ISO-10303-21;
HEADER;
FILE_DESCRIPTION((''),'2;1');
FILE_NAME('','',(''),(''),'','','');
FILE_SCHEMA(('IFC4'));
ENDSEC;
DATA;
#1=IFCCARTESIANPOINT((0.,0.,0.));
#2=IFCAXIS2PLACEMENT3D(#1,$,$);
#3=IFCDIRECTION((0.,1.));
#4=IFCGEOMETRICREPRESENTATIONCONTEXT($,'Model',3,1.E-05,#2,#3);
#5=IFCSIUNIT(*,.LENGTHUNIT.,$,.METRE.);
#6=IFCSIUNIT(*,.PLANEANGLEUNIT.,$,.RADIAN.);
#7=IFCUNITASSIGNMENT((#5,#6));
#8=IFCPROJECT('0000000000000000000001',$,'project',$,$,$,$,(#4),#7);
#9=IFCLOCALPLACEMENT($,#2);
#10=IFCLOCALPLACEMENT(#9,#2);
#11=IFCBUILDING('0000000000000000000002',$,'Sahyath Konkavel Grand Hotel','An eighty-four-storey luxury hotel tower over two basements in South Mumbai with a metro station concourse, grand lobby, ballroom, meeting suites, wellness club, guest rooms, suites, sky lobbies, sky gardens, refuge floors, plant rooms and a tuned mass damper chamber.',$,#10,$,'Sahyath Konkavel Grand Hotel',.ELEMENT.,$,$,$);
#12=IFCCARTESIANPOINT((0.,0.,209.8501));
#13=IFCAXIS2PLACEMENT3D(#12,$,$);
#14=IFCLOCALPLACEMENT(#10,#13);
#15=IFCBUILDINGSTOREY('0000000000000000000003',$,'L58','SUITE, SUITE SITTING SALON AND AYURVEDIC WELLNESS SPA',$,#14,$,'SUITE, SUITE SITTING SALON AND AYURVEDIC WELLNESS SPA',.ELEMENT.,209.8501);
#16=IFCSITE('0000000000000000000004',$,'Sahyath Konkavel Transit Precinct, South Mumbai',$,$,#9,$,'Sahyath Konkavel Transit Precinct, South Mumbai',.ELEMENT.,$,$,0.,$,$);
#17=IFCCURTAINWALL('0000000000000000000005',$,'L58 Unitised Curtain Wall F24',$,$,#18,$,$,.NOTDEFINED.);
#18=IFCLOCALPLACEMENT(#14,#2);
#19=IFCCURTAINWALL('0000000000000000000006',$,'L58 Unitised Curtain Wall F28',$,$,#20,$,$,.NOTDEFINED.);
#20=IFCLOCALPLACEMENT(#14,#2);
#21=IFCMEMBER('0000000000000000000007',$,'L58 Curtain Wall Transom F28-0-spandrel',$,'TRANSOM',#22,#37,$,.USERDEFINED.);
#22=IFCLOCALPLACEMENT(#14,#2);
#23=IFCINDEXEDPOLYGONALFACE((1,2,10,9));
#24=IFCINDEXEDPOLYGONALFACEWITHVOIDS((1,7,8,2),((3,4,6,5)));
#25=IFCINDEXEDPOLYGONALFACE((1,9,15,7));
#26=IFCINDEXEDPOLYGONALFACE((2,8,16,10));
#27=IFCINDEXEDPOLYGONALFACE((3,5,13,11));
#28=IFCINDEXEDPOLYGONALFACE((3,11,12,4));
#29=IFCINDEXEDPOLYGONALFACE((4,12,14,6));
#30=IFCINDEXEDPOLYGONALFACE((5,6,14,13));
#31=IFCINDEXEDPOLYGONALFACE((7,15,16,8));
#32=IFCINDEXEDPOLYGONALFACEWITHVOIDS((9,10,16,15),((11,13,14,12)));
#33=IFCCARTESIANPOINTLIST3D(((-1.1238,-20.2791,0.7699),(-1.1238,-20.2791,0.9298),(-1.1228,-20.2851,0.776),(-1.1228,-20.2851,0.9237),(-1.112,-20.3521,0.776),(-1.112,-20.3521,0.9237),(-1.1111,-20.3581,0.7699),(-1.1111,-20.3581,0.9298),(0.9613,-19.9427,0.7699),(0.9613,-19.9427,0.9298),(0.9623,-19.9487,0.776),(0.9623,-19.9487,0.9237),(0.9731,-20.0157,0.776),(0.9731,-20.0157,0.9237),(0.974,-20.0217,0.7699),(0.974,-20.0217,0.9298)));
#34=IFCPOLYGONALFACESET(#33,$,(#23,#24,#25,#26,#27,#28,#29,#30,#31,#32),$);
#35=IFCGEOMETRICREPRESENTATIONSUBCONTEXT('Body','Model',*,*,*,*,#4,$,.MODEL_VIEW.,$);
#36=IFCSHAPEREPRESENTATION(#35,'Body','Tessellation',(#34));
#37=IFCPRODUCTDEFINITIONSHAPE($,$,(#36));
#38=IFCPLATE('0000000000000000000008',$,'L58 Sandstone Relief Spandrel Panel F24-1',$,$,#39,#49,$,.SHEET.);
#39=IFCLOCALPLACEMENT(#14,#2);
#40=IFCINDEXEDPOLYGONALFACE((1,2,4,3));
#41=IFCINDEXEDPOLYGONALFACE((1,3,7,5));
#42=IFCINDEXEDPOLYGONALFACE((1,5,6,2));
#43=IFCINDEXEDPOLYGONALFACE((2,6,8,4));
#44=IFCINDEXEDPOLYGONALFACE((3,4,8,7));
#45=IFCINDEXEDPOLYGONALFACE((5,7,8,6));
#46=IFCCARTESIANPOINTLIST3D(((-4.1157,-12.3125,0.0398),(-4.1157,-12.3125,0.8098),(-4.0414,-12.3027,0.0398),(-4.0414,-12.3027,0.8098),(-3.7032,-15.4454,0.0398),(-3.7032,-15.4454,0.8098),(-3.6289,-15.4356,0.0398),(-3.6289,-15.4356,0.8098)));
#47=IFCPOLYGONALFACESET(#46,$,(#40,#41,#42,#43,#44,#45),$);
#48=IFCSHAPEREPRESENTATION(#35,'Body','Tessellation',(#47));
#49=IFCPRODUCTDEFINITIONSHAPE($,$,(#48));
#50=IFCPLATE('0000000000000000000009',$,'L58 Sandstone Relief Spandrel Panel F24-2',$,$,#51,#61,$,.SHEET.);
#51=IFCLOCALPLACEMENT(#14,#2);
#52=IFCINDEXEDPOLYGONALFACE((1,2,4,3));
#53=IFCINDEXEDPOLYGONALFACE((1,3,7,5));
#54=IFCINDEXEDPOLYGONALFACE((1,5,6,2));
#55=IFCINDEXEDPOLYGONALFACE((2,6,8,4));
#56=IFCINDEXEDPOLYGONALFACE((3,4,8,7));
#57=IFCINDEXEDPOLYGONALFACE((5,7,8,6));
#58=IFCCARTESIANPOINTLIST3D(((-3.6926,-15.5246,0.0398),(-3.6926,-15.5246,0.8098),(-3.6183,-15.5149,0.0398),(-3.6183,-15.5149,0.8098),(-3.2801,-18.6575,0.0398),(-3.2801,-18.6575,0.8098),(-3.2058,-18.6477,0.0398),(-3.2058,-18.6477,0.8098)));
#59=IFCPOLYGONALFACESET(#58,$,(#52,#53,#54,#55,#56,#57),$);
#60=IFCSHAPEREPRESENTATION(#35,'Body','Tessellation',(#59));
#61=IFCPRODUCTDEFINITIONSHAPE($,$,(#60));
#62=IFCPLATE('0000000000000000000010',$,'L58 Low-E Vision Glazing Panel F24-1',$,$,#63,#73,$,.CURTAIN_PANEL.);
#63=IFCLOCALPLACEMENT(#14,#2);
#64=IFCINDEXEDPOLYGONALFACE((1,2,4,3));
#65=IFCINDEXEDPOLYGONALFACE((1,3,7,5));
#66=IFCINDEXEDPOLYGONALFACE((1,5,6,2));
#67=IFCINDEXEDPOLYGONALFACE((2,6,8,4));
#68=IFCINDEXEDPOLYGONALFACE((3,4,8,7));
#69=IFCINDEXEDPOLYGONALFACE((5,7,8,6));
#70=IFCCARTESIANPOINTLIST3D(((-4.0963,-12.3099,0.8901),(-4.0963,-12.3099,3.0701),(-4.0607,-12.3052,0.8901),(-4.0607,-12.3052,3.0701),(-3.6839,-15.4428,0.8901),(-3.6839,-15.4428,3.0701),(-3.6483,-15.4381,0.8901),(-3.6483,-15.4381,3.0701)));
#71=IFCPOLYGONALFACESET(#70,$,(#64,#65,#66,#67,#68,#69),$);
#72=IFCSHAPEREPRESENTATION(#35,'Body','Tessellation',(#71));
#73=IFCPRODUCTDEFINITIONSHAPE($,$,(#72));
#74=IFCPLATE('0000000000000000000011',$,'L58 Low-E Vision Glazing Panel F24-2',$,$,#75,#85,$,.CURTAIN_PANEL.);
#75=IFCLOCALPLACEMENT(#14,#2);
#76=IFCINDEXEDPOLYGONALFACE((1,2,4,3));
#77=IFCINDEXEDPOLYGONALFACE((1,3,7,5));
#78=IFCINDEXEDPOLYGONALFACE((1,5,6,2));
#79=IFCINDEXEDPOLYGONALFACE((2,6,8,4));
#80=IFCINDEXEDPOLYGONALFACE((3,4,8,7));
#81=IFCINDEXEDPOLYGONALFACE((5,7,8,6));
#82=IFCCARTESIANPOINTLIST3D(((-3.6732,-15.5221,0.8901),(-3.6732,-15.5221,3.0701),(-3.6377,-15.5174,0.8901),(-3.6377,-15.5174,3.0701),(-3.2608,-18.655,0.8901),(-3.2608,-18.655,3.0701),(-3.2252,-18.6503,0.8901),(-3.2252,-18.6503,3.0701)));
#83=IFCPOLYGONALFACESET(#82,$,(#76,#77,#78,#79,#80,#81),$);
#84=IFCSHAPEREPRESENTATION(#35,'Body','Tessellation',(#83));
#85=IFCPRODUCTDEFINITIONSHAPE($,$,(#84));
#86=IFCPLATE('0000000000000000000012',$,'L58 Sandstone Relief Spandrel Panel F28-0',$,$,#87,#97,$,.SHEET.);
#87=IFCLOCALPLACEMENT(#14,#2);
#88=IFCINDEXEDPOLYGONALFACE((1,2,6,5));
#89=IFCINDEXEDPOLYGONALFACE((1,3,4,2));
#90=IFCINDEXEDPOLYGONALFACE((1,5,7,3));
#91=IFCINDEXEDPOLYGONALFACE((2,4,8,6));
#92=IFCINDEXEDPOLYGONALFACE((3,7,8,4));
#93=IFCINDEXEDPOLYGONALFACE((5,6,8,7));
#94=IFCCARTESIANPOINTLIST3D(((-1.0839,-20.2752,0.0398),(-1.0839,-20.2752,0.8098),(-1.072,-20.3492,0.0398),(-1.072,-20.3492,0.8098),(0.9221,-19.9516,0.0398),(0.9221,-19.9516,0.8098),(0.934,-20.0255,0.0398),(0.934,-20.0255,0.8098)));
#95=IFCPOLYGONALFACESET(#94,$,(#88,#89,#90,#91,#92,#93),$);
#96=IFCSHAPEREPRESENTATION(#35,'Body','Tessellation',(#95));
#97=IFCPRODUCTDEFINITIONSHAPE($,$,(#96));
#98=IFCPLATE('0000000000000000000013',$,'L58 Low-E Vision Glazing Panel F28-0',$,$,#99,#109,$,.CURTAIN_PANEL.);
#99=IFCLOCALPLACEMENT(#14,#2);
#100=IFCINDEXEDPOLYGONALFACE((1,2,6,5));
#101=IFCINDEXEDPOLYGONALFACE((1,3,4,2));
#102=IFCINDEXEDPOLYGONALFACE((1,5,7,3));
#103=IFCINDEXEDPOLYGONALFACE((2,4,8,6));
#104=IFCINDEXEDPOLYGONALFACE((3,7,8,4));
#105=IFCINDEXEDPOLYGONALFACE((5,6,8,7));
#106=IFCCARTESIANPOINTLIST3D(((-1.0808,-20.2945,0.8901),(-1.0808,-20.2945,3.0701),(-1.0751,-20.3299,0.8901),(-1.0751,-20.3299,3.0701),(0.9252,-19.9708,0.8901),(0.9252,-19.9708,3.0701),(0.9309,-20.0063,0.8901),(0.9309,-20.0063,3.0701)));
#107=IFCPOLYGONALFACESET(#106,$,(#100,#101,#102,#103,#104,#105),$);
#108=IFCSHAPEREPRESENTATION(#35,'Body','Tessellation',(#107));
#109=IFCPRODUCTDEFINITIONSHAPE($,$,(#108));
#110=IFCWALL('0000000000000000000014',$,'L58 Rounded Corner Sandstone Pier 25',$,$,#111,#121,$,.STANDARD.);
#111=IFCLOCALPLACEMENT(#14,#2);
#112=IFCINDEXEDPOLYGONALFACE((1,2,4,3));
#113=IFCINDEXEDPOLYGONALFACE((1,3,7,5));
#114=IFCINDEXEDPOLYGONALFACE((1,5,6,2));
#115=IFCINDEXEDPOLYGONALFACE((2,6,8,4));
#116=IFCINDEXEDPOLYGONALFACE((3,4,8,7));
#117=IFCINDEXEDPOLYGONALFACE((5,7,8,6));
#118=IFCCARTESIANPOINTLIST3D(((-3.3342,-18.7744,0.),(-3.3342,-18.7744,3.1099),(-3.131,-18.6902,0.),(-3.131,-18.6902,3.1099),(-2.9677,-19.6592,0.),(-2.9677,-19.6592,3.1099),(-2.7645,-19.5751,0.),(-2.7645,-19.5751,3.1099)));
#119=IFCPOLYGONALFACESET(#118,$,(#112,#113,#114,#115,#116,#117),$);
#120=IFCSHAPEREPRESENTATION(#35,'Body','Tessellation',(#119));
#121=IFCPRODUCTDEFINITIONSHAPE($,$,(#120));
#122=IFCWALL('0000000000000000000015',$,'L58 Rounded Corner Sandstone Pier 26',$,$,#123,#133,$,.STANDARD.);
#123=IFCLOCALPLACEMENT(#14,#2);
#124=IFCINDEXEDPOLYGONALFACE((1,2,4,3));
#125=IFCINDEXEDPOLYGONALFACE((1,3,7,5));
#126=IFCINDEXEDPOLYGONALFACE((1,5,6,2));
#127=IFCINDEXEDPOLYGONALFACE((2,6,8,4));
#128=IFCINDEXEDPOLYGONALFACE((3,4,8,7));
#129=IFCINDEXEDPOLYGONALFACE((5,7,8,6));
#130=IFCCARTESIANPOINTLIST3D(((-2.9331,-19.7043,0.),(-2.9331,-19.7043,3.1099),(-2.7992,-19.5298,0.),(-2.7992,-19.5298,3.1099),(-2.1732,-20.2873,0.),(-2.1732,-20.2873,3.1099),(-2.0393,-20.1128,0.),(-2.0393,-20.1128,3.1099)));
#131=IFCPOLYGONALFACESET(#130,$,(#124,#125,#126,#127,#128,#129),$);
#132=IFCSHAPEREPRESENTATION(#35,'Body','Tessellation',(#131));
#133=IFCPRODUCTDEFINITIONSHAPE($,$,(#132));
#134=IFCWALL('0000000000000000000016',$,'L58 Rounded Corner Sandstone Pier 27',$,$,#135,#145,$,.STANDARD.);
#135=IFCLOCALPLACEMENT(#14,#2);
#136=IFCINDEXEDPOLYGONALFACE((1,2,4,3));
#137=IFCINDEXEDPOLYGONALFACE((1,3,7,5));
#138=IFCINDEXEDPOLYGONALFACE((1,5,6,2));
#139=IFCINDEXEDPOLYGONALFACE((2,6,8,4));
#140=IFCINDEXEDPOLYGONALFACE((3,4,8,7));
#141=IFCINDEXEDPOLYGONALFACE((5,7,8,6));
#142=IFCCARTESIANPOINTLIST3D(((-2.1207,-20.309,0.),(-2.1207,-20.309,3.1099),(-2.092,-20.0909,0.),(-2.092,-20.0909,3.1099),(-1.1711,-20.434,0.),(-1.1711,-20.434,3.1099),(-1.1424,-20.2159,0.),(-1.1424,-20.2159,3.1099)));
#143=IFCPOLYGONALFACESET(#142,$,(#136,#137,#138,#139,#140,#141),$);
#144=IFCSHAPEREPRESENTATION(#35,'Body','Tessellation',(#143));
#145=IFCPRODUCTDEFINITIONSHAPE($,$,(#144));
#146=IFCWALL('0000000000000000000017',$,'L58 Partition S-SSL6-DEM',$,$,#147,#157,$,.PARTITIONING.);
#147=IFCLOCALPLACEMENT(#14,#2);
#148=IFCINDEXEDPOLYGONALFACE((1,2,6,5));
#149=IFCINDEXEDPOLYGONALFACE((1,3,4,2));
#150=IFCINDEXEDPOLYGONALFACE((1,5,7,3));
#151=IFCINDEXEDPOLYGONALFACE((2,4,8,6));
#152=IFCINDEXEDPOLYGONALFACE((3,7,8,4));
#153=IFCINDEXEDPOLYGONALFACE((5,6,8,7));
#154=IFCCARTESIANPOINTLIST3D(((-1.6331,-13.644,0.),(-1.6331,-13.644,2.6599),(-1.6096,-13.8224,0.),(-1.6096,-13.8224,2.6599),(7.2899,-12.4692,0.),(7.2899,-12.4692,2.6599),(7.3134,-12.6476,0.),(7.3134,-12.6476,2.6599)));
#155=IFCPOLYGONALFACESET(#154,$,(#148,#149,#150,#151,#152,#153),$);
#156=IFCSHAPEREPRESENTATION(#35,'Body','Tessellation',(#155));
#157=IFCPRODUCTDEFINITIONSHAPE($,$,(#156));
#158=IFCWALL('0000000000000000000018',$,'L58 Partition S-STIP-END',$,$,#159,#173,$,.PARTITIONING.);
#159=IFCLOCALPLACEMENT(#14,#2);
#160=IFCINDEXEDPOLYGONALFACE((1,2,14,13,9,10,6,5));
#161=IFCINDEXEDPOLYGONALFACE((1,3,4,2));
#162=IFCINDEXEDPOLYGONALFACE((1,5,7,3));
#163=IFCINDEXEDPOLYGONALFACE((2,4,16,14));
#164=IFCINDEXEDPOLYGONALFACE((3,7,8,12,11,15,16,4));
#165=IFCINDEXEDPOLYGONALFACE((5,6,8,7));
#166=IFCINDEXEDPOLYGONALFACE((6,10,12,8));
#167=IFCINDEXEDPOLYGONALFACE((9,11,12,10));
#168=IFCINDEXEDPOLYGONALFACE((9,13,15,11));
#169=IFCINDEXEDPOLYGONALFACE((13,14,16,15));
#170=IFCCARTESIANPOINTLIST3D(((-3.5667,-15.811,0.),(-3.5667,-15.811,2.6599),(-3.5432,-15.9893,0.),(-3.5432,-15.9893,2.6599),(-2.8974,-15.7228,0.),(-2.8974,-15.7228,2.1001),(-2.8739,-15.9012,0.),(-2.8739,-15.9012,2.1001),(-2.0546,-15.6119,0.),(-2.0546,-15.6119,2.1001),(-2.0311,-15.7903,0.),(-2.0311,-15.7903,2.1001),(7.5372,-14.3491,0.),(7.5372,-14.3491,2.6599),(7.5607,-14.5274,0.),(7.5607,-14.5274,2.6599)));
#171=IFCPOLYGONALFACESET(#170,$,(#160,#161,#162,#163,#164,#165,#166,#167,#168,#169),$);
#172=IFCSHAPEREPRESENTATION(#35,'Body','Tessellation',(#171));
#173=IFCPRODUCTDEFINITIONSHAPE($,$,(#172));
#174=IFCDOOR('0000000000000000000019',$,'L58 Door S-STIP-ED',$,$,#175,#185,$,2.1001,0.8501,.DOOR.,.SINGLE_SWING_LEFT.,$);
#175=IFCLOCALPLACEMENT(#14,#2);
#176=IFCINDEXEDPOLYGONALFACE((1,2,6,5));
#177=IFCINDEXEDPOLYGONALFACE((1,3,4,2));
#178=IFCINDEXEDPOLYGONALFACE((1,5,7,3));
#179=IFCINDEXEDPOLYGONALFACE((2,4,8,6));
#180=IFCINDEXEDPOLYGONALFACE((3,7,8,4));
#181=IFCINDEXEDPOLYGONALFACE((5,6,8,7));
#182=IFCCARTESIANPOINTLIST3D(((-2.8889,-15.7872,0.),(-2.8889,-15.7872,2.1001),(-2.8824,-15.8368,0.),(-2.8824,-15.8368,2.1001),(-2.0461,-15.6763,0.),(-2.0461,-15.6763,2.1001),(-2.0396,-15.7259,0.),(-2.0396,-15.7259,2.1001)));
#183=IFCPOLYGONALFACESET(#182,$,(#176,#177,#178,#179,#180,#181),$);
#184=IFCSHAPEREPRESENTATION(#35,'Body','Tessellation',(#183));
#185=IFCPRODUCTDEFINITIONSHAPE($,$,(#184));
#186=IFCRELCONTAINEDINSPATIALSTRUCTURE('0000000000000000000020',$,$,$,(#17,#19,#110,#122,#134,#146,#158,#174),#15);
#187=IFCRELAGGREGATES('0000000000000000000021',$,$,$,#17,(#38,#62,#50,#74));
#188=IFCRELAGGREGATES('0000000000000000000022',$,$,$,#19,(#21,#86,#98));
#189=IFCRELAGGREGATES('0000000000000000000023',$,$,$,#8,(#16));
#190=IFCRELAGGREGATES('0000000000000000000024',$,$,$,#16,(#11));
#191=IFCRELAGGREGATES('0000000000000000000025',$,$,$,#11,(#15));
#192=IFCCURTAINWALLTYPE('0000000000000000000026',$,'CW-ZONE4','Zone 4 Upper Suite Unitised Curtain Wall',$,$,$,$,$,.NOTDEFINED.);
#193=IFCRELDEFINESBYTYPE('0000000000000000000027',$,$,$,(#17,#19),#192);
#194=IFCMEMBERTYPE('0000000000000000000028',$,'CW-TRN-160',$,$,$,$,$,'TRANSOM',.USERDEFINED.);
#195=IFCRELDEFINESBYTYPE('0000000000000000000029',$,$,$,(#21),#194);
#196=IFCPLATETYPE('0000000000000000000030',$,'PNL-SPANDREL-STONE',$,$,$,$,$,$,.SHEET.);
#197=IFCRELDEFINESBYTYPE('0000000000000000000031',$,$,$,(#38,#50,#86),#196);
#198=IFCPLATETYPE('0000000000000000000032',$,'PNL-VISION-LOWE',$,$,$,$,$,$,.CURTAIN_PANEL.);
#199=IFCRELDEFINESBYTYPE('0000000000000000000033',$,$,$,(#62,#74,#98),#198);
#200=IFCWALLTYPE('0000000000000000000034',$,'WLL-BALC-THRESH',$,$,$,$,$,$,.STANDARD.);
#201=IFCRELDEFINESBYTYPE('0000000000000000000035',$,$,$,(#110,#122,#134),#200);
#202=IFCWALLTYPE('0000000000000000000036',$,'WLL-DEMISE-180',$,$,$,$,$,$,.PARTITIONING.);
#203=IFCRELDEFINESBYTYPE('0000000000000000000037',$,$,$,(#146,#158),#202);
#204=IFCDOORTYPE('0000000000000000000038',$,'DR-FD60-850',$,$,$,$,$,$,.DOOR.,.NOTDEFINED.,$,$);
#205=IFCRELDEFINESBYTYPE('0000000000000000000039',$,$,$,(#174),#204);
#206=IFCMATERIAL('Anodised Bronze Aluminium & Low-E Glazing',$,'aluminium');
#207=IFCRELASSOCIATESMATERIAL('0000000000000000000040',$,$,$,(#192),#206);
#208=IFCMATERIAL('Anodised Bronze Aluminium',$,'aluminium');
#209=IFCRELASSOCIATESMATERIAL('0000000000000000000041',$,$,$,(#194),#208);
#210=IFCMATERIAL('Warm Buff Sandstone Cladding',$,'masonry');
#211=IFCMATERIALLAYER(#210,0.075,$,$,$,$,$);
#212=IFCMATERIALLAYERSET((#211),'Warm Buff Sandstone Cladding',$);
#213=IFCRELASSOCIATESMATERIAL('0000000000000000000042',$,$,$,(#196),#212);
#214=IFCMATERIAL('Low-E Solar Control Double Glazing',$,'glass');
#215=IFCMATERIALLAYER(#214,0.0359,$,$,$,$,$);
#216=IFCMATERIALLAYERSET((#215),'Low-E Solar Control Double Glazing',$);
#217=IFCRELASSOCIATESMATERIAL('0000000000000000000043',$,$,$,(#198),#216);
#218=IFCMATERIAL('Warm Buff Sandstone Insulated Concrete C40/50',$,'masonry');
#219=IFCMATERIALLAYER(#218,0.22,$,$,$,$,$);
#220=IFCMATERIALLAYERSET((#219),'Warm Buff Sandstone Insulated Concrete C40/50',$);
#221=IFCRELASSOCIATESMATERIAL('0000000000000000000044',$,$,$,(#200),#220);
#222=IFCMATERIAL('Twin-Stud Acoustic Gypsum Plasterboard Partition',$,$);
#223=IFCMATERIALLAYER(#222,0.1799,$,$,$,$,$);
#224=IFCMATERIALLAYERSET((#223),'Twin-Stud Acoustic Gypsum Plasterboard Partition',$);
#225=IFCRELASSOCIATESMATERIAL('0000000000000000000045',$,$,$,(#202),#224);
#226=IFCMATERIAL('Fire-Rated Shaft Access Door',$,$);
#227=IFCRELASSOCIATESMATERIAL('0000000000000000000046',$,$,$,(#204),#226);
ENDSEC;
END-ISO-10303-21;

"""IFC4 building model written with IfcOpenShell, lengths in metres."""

from ifc_helpers import new_model, si_unit, direction, frame, frame_2d, origin, origin_2d, place, context, subcontext, project, spatial, rectangle, hollow_rectangle, extrude, source, transform, mapped, material, layer, layer_set, material_profile, profile_set, type_object, element, fill, aggregate, save


model = new_model("IFC4")

# Units and contexts
model_context = context("Model", 3, precision=1e-05, world=origin(), true_north=direction((0.0, 1.0)))
body_context = subcontext(model_context, "Body", "Model", "MODEL_VIEW")
ifc_project = project(units=[si_unit("LENGTHUNIT", "METRE"), si_unit("PLANEANGLEUNIT", "RADIAN")], contexts=[model_context])

# Site, building, storey
site_placement = place(None, origin())
site = spatial("IfcSite", under=ifc_project, at=site_placement, Name="Sahyath Konkavel Transit Precinct, South Mumbai", LongName="Sahyath Konkavel Transit Precinct, South Mumbai", CompositionType="ELEMENT", RefElevation=0.0)
building_placement = place(site_placement, origin())
building = spatial("IfcBuilding", under=site, at=building_placement, Name="Sahyath Konkavel Grand Hotel", Description="An eighty-four-storey luxury hotel tower over two basements in South Mumbai with a metro station concourse, grand lobby, ballroom, meeting suites, wellness club, guest rooms, suites, sky lobbies, sky gardens, refuge floors, plant rooms and a tuned mass damper chamber.", LongName="Sahyath Konkavel Grand Hotel", CompositionType="ELEMENT")
storey_placement = place(building_placement, frame((0.0, 0.0, 209.8501)))
storey = spatial("IfcBuildingStorey", under=building, at=storey_placement, Name="L58", Description="SUITE, SUITE SITTING SALON AND AYURVEDIC WELLNESS SPA", LongName="SUITE, SUITE SITTING SALON AND AYURVEDIC WELLNESS SPA", CompositionType="ELEMENT", Elevation=209.8501)

# Curtain wall
ifc_material_1 = material(Name="Anodised Bronze Aluminium & Low-E Glazing", Category="aluminium")
curtain_wall_type = type_object("IfcCurtainWallType", Name="CW-ZONE4", Description="Zone 4 Upper Suite Unitised Curtain Wall", PredefinedType="NOTDEFINED", material=ifc_material_1)
curtain_wall_1_placement = place(storey_placement, origin())
curtain_wall_1 = element("IfcCurtainWall", 1, at=curtain_wall_1_placement, inside=storey, type_object=curtain_wall_type, Name="L58 Unitised Curtain Wall F24", PredefinedType="NOTDEFINED")
ifc_material_2 = material(Name="Anodised Bronze Aluminium", Category="aluminium")

# Curtain wall
curtain_wall_2_placement = place(storey_placement, origin())
curtain_wall_2 = element("IfcCurtainWall", 2, at=curtain_wall_2_placement, inside=storey, type_object=curtain_wall_type, Name="L58 Unitised Curtain Wall F28", PredefinedType="NOTDEFINED")

# Member
ifc_material_profile_1 = material_profile(ifc_material_2, hollow_rectangle(XDim=0.0801, YDim=0.1599, WallThickness=0.0061, at=origin_2d()), Name="RHS 160x80x6")
ifc_profile_set_1 = profile_set([ifc_material_profile_1], Name="Anodised Bronze Aluminium")
member_type_1 = type_object("IfcMemberType", Name="CW-TRN-160", ElementType="TRANSOM", PredefinedType="USERDEFINED", material=ifc_profile_set_1)
shared_shape_1 = source(origin(), body_context, "Body", "SweptSolid", [
    extrude(hollow_rectangle(XDim=0.0801, YDim=0.1599, WallThickness=0.0061, at=origin_2d()), origin(), (0.0, 0.0, 1.0), 2.1121),
])
member_1_placement = place(storey_placement, frame((-1.1174, -20.3186, 0.8499), z_axis=(0.987233, 0.15928, 0.0), x_axis=(-0.15928, 0.987233, 0.0)))
member_1 = element("IfcMember", 3, at=member_1_placement, type_object=member_type_1, Name="L58 Curtain Wall Transom F28-0-spandrel", ObjectType="TRANSOM", PredefinedType="USERDEFINED", context=body_context, shape_type="MappedRepresentation", body=[
    mapped(shared_shape_1, transform((0.0, 0.0, 0.0), scale=1.0)),
])

# Plates
ifc_material_3 = material(Name="Warm Buff Sandstone Cladding", Category="masonry")
ifc_layer_1 = layer(ifc_material_3, 0.075)
ifc_layer_set_1 = layer_set([ifc_layer_1], Name="Warm Buff Sandstone Cladding")
plate_type_1 = type_object("IfcPlateType", Name="PNL-SPANDREL-STONE", PredefinedType="SHEET", material=ifc_layer_set_1)
shared_shape_2 = source(origin(), body_context, "Body", "SweptSolid", [
    extrude(rectangle(XDim=3.1599, YDim=0.075, at=origin_2d()), origin(), (0.0, 0.0, 1.0), 0.77),
])
plate_1_placement = place(storey_placement, frame((-3.8723, -13.874, 0.0398), z_axis=(0.0, 0.0, 1.0), x_axis=(0.130526, -0.991445, 0.0)))
plate_1 = element("IfcPlate", 4, at=plate_1_placement, type_object=plate_type_1, Name="L58 Sandstone Relief Spandrel Panel F24-1", PredefinedType="SHEET", context=body_context, shape_type="MappedRepresentation", body=[
    mapped(shared_shape_2, transform((0.0, 0.0, 0.0), scale=1.0)),
])
plate_2_placement = place(storey_placement, frame((-3.4492, -17.0862, 0.0398), z_axis=(0.0, 0.0, 1.0), x_axis=(0.130526, -0.991445, 0.0)))
plate_2 = element("IfcPlate", 5, at=plate_2_placement, type_object=plate_type_1, Name="L58 Sandstone Relief Spandrel Panel F24-2", PredefinedType="SHEET", context=body_context, shape_type="MappedRepresentation", body=[
    mapped(shared_shape_2, transform((0.0, 0.0, 0.0), scale=1.0)),
])
ifc_material_4 = material(Name="Low-E Solar Control Double Glazing", Category="glass")
ifc_layer_2 = layer(ifc_material_4, 0.0359)
ifc_layer_set_2 = layer_set([ifc_layer_2], Name="Low-E Solar Control Double Glazing")
plate_type_2 = type_object("IfcPlateType", Name="PNL-VISION-LOWE", PredefinedType="CURTAIN_PANEL", material=ifc_layer_set_2)
shared_shape_3 = source(origin(), body_context, "Body", "SweptSolid", [
    extrude(rectangle(XDim=3.1599, YDim=0.0359, at=origin_2d()), origin(), (0.0, 0.0, 1.0), 2.1799),
])
plate_3_placement = place(storey_placement, frame((-3.8723, -13.874, 0.8901), z_axis=(0.0, 0.0, 1.0), x_axis=(0.130526, -0.991445, 0.0)))
plate_3 = element("IfcPlate", 6, at=plate_3_placement, type_object=plate_type_2, Name="L58 Low-E Vision Glazing Panel F24-1", PredefinedType="CURTAIN_PANEL", context=body_context, shape_type="MappedRepresentation", body=[
    mapped(shared_shape_3, transform((0.0, 0.0, 0.0), scale=1.0)),
])
plate_4_placement = place(storey_placement, frame((-3.4492, -17.0862, 0.8901), z_axis=(0.0, 0.0, 1.0), x_axis=(0.130526, -0.991445, 0.0)))
plate_4 = element("IfcPlate", 7, at=plate_4_placement, type_object=plate_type_2, Name="L58 Low-E Vision Glazing Panel F24-2", PredefinedType="CURTAIN_PANEL", context=body_context, shape_type="MappedRepresentation", body=[
    mapped(shared_shape_3, transform((0.0, 0.0, 0.0), scale=1.0)),
])
aggregate(curtain_wall_1, [plate_1, plate_3, plate_2, plate_4])
shared_shape_4 = source(origin(), body_context, "Body", "SweptSolid", [
    extrude(rectangle(XDim=2.032, YDim=0.075, at=origin_2d()), origin(), (0.0, 0.0, 1.0), 0.77),
])
plate_5_placement = place(storey_placement, frame((-0.075, -20.1504, 0.0398), z_axis=(0.0, 0.0, 1.0), x_axis=(0.987231, 0.159295, 0.0)))
plate_5 = element("IfcPlate", 8, at=plate_5_placement, type_object=plate_type_1, Name="L58 Sandstone Relief Spandrel Panel F28-0", PredefinedType="SHEET", context=body_context, shape_type="MappedRepresentation", body=[
    mapped(shared_shape_4, transform((0.0, 0.0, 0.0), scale=1.0)),
])
shared_shape_5 = source(origin(), body_context, "Body", "SweptSolid", [
    extrude(rectangle(XDim=2.032, YDim=0.0359, at=origin_2d()), origin(), (0.0, 0.0, 1.0), 2.1799),
])
plate_6_placement = place(storey_placement, frame((-0.075, -20.1504, 0.8901), z_axis=(0.0, 0.0, 1.0), x_axis=(0.987231, 0.159295, 0.0)))
plate_6 = element("IfcPlate", 9, at=plate_6_placement, type_object=plate_type_2, Name="L58 Low-E Vision Glazing Panel F28-0", PredefinedType="CURTAIN_PANEL", context=body_context, shape_type="MappedRepresentation", body=[
    mapped(shared_shape_5, transform((0.0, 0.0, 0.0), scale=1.0)),
])
aggregate(curtain_wall_2, [member_1, plate_5, plate_6])

# Walls
ifc_material_5 = material(Name="Warm Buff Sandstone Insulated Concrete C40/50", Category="masonry")
ifc_layer_3 = layer(ifc_material_5, 0.22)
ifc_layer_set_3 = layer_set([ifc_layer_3], Name="Warm Buff Sandstone Insulated Concrete C40/50")
wall_type_1 = type_object("IfcWallType", Name="WLL-BALC-THRESH", PredefinedType="STANDARD", material=ifc_layer_set_3)
for number, where, z_axis, x_axis, name in (
    (10, (-3.2327, -18.7322, 0.0), (0.0, 0.0, 1.0), (0.38266, -0.923889, 0.0), "L58 Rounded Corner Sandstone Pier 25"),
    (11, (-2.8662, -19.6169, 0.0), (0.0, 0.0, 1.0), (0.793344, -0.608774, 0.0), "L58 Rounded Corner Sandstone Pier 26"),
    (12, (-2.1064, -20.2, 0.0), (0.0, 0.0, 1.0), (0.991445, -0.130527, 0.0), "L58 Rounded Corner Sandstone Pier 27"),
):
    element("IfcWall", number, at=place(storey_placement, frame(where, z_axis=z_axis, x_axis=x_axis)), inside=storey, type_object=wall_type_1, Name=name, PredefinedType="STANDARD", context=body_context, shape_type="SweptSolid", body=[
        extrude(rectangle(XDim=0.9578, YDim=0.22, at=frame_2d((0.479, 0.0))), origin(), (0.0, 0.0, 1.0), 3.1099),
    ])
ifc_material_6 = material(Name="Twin-Stud Acoustic Gypsum Plasterboard Partition")
ifc_layer_4 = layer(ifc_material_6, 0.1799)
ifc_layer_set_4 = layer_set([ifc_layer_4], Name="Twin-Stud Acoustic Gypsum Plasterboard Partition")
wall_type_2 = type_object("IfcWallType", Name="WLL-DEMISE-180", PredefinedType="PARTITIONING", material=ifc_layer_set_4)
wall_1_placement = place(storey_placement, frame((-1.6213, -13.7332, 0.0), z_axis=(0.0, 0.0, 1.0), x_axis=(0.991444, 0.130532, 0.0)))
element("IfcWall", 13, at=wall_1_placement, inside=storey, type_object=wall_type_2, Name="L58 Partition S-SSL6-DEM", PredefinedType="PARTITIONING", context=body_context, shape_type="SweptSolid", body=[
    extrude(rectangle(XDim=9.0, YDim=0.1799, at=frame_2d((4.5, 0.0))), origin(), (0.0, 0.0, 1.0), 2.6599),
])

# Wall, opening, door
wall_2_placement = place(storey_placement, frame((-3.5549, -15.9001, 0.0), z_axis=(0.0, 0.0, 1.0), x_axis=(0.991444, 0.13053, 0.0)))
wall_2 = element("IfcWall", 14, at=wall_2_placement, inside=storey, type_object=wall_type_2, Name="L58 Partition S-STIP-END", PredefinedType="PARTITIONING", context=body_context, shape_type="SweptSolid", body=[
    extrude(rectangle(XDim=11.1997, YDim=0.1799, at=frame_2d((5.5999, 0.0))), origin(), (0.0, 0.0, 1.0), 2.6599),
])
opening_placement = place(wall_2_placement, frame((0.675, 0.0, 0.0)))
opening = element("IfcOpeningElement", 15, at=opening_placement, cuts=wall_2, PredefinedType="OPENING", context=body_context, shape_type="SweptSolid", body=[
    extrude(rectangle(XDim=0.8501, YDim=2.1001, at=frame_2d((0.425, 1.05))), frame((0.0, 0.1001, 0.0), z_axis=(0.0, -1.0, 0.0), x_axis=(1.0, 0.0, 0.0)), (0.0, 0.0, 1.0), 0.2),
])
ifc_material_7 = material(Name="Fire-Rated Shaft Access Door")
door_type = type_object("IfcDoorType", Name="DR-FD60-850", OperationType="NOTDEFINED", PredefinedType="DOOR", material=ifc_material_7)
shared_shape_6 = source(origin(), body_context, "Body", "SweptSolid", [
    extrude(rectangle(XDim=0.8501, YDim=0.05, at=origin_2d()), origin(), (0.0, 0.0, 1.0), 2.1001),
])
door_placement = place(opening_placement, frame((0.425, 0.0, 0.0)))
door = element("IfcDoor", 16, at=door_placement, inside=storey, type_object=door_type, Name="L58 Door S-STIP-ED", OperationType="SINGLE_SWING_LEFT", OverallHeight=2.1001, OverallWidth=0.8501, PredefinedType="DOOR", context=body_context, shape_type="MappedRepresentation", body=[
    mapped(shared_shape_6, transform((0.0, 0.0, 0.0), scale=1.0)),
])
fill(opening, door)

save(model, "model.ifc")
